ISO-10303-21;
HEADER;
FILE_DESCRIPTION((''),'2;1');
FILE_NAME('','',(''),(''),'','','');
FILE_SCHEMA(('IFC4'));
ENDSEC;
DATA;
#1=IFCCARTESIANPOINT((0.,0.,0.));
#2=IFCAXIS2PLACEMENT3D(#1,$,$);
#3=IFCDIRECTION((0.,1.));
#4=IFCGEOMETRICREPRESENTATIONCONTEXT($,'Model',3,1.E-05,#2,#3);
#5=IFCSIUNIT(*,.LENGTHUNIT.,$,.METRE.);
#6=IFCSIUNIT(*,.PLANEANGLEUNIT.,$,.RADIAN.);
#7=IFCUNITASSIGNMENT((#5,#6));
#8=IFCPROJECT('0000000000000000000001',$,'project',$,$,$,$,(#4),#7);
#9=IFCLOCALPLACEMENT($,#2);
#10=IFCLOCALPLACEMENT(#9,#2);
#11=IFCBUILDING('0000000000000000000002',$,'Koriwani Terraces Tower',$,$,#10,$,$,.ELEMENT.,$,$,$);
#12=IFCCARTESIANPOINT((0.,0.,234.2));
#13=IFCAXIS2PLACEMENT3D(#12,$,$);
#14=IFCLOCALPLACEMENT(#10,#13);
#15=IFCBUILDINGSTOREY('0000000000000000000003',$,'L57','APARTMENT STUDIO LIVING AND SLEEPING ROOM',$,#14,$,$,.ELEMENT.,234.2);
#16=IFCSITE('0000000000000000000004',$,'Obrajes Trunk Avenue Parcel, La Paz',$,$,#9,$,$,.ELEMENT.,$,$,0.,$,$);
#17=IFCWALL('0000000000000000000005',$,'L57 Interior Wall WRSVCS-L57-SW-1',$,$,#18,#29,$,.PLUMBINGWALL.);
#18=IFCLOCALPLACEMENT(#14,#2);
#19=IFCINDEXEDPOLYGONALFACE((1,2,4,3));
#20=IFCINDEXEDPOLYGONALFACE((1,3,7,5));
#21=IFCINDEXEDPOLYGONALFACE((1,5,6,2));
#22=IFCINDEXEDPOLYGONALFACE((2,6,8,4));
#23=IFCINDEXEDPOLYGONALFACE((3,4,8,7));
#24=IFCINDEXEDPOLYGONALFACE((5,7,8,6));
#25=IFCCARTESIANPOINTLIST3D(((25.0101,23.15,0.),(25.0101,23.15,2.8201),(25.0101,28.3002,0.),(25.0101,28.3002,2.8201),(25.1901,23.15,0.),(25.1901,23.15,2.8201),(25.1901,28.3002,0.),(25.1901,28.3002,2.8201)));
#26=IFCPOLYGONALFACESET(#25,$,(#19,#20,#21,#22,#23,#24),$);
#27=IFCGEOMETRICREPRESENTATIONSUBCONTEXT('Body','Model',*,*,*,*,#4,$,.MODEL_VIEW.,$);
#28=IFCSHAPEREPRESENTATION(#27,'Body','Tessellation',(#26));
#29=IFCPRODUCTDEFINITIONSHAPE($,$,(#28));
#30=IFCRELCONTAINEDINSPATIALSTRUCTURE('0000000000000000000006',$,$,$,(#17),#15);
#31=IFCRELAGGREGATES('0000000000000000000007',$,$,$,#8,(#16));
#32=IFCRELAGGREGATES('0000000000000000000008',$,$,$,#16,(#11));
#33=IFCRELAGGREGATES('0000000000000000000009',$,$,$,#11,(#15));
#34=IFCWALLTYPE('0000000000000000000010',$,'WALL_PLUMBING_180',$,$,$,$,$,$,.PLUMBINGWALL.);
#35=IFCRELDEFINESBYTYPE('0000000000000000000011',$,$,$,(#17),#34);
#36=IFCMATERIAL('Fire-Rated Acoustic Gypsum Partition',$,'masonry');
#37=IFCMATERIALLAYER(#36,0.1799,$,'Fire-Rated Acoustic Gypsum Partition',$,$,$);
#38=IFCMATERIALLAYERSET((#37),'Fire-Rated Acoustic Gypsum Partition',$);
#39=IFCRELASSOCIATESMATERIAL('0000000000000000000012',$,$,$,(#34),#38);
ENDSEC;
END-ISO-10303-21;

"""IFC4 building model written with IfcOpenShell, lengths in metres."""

from ifc_helpers import new_model, si_unit, direction, frame, frame_2d, origin, place, context, subcontext, project, spatial, rectangle, extrude, material, layer, layer_set, type_object, element, save


model = new_model("IFC4")

# Units and contexts
model_context = context("Model", 3, precision=1e-05, world=origin(), true_north=direction((0.0, 1.0)))
body_context = subcontext(model_context, "Body", "Model", "MODEL_VIEW")
ifc_project = project(units=[si_unit("LENGTHUNIT", "METRE"), si_unit("PLANEANGLEUNIT", "RADIAN")], contexts=[model_context])

# Site, building, storey
site_placement = place(None, origin())
site = spatial("IfcSite", under=ifc_project, at=site_placement, Name="Obrajes Trunk Avenue Parcel, La Paz", CompositionType="ELEMENT", RefElevation=0.0)
building_placement = place(site_placement, origin())
building = spatial("IfcBuilding", under=site, at=building_placement, Name="Koriwani Terraces Tower", CompositionType="ELEMENT")
storey_placement = place(building_placement, frame((0.0, 0.0, 234.2)))
storey = spatial("IfcBuildingStorey", under=building, at=storey_placement, Name="L57", Description="APARTMENT STUDIO LIVING AND SLEEPING ROOM", CompositionType="ELEMENT", Elevation=234.2)

# Shared definitions
ifc_material_1 = material(Name="Fire-Rated Acoustic Gypsum Partition", Category="masonry")
ifc_layer_1 = layer(ifc_material_1, 0.1799, Name="Fire-Rated Acoustic Gypsum Partition")
ifc_layer_set_1 = layer_set([ifc_layer_1], Name="Fire-Rated Acoustic Gypsum Partition")
wall_type_1 = type_object("IfcWallType", Name="WALL_PLUMBING_180", PredefinedType="PLUMBINGWALL", material=ifc_layer_set_1)

# Wall
wall_1_placement = place(storey_placement, frame((25.1001, 23.1499, 0.0), z_axis=(0.0, 0.0, 1.0), x_axis=(0.0, 1.0, 0.0)))
element("IfcWall", 1, at=wall_1_placement, inside=storey, type_object=wall_type_1, Name="L57 Interior Wall WRSVCS-L57-SW-1", PredefinedType="PLUMBINGWALL", context=body_context, shape_type="SweptSolid", body=[
    extrude(rectangle(XDim=5.1501, YDim=0.1799, at=frame_2d((2.5752, 0.0))), origin(), (0.0, 0.0, 1.0), 2.8201),
])

save(model, "model.ifc")
